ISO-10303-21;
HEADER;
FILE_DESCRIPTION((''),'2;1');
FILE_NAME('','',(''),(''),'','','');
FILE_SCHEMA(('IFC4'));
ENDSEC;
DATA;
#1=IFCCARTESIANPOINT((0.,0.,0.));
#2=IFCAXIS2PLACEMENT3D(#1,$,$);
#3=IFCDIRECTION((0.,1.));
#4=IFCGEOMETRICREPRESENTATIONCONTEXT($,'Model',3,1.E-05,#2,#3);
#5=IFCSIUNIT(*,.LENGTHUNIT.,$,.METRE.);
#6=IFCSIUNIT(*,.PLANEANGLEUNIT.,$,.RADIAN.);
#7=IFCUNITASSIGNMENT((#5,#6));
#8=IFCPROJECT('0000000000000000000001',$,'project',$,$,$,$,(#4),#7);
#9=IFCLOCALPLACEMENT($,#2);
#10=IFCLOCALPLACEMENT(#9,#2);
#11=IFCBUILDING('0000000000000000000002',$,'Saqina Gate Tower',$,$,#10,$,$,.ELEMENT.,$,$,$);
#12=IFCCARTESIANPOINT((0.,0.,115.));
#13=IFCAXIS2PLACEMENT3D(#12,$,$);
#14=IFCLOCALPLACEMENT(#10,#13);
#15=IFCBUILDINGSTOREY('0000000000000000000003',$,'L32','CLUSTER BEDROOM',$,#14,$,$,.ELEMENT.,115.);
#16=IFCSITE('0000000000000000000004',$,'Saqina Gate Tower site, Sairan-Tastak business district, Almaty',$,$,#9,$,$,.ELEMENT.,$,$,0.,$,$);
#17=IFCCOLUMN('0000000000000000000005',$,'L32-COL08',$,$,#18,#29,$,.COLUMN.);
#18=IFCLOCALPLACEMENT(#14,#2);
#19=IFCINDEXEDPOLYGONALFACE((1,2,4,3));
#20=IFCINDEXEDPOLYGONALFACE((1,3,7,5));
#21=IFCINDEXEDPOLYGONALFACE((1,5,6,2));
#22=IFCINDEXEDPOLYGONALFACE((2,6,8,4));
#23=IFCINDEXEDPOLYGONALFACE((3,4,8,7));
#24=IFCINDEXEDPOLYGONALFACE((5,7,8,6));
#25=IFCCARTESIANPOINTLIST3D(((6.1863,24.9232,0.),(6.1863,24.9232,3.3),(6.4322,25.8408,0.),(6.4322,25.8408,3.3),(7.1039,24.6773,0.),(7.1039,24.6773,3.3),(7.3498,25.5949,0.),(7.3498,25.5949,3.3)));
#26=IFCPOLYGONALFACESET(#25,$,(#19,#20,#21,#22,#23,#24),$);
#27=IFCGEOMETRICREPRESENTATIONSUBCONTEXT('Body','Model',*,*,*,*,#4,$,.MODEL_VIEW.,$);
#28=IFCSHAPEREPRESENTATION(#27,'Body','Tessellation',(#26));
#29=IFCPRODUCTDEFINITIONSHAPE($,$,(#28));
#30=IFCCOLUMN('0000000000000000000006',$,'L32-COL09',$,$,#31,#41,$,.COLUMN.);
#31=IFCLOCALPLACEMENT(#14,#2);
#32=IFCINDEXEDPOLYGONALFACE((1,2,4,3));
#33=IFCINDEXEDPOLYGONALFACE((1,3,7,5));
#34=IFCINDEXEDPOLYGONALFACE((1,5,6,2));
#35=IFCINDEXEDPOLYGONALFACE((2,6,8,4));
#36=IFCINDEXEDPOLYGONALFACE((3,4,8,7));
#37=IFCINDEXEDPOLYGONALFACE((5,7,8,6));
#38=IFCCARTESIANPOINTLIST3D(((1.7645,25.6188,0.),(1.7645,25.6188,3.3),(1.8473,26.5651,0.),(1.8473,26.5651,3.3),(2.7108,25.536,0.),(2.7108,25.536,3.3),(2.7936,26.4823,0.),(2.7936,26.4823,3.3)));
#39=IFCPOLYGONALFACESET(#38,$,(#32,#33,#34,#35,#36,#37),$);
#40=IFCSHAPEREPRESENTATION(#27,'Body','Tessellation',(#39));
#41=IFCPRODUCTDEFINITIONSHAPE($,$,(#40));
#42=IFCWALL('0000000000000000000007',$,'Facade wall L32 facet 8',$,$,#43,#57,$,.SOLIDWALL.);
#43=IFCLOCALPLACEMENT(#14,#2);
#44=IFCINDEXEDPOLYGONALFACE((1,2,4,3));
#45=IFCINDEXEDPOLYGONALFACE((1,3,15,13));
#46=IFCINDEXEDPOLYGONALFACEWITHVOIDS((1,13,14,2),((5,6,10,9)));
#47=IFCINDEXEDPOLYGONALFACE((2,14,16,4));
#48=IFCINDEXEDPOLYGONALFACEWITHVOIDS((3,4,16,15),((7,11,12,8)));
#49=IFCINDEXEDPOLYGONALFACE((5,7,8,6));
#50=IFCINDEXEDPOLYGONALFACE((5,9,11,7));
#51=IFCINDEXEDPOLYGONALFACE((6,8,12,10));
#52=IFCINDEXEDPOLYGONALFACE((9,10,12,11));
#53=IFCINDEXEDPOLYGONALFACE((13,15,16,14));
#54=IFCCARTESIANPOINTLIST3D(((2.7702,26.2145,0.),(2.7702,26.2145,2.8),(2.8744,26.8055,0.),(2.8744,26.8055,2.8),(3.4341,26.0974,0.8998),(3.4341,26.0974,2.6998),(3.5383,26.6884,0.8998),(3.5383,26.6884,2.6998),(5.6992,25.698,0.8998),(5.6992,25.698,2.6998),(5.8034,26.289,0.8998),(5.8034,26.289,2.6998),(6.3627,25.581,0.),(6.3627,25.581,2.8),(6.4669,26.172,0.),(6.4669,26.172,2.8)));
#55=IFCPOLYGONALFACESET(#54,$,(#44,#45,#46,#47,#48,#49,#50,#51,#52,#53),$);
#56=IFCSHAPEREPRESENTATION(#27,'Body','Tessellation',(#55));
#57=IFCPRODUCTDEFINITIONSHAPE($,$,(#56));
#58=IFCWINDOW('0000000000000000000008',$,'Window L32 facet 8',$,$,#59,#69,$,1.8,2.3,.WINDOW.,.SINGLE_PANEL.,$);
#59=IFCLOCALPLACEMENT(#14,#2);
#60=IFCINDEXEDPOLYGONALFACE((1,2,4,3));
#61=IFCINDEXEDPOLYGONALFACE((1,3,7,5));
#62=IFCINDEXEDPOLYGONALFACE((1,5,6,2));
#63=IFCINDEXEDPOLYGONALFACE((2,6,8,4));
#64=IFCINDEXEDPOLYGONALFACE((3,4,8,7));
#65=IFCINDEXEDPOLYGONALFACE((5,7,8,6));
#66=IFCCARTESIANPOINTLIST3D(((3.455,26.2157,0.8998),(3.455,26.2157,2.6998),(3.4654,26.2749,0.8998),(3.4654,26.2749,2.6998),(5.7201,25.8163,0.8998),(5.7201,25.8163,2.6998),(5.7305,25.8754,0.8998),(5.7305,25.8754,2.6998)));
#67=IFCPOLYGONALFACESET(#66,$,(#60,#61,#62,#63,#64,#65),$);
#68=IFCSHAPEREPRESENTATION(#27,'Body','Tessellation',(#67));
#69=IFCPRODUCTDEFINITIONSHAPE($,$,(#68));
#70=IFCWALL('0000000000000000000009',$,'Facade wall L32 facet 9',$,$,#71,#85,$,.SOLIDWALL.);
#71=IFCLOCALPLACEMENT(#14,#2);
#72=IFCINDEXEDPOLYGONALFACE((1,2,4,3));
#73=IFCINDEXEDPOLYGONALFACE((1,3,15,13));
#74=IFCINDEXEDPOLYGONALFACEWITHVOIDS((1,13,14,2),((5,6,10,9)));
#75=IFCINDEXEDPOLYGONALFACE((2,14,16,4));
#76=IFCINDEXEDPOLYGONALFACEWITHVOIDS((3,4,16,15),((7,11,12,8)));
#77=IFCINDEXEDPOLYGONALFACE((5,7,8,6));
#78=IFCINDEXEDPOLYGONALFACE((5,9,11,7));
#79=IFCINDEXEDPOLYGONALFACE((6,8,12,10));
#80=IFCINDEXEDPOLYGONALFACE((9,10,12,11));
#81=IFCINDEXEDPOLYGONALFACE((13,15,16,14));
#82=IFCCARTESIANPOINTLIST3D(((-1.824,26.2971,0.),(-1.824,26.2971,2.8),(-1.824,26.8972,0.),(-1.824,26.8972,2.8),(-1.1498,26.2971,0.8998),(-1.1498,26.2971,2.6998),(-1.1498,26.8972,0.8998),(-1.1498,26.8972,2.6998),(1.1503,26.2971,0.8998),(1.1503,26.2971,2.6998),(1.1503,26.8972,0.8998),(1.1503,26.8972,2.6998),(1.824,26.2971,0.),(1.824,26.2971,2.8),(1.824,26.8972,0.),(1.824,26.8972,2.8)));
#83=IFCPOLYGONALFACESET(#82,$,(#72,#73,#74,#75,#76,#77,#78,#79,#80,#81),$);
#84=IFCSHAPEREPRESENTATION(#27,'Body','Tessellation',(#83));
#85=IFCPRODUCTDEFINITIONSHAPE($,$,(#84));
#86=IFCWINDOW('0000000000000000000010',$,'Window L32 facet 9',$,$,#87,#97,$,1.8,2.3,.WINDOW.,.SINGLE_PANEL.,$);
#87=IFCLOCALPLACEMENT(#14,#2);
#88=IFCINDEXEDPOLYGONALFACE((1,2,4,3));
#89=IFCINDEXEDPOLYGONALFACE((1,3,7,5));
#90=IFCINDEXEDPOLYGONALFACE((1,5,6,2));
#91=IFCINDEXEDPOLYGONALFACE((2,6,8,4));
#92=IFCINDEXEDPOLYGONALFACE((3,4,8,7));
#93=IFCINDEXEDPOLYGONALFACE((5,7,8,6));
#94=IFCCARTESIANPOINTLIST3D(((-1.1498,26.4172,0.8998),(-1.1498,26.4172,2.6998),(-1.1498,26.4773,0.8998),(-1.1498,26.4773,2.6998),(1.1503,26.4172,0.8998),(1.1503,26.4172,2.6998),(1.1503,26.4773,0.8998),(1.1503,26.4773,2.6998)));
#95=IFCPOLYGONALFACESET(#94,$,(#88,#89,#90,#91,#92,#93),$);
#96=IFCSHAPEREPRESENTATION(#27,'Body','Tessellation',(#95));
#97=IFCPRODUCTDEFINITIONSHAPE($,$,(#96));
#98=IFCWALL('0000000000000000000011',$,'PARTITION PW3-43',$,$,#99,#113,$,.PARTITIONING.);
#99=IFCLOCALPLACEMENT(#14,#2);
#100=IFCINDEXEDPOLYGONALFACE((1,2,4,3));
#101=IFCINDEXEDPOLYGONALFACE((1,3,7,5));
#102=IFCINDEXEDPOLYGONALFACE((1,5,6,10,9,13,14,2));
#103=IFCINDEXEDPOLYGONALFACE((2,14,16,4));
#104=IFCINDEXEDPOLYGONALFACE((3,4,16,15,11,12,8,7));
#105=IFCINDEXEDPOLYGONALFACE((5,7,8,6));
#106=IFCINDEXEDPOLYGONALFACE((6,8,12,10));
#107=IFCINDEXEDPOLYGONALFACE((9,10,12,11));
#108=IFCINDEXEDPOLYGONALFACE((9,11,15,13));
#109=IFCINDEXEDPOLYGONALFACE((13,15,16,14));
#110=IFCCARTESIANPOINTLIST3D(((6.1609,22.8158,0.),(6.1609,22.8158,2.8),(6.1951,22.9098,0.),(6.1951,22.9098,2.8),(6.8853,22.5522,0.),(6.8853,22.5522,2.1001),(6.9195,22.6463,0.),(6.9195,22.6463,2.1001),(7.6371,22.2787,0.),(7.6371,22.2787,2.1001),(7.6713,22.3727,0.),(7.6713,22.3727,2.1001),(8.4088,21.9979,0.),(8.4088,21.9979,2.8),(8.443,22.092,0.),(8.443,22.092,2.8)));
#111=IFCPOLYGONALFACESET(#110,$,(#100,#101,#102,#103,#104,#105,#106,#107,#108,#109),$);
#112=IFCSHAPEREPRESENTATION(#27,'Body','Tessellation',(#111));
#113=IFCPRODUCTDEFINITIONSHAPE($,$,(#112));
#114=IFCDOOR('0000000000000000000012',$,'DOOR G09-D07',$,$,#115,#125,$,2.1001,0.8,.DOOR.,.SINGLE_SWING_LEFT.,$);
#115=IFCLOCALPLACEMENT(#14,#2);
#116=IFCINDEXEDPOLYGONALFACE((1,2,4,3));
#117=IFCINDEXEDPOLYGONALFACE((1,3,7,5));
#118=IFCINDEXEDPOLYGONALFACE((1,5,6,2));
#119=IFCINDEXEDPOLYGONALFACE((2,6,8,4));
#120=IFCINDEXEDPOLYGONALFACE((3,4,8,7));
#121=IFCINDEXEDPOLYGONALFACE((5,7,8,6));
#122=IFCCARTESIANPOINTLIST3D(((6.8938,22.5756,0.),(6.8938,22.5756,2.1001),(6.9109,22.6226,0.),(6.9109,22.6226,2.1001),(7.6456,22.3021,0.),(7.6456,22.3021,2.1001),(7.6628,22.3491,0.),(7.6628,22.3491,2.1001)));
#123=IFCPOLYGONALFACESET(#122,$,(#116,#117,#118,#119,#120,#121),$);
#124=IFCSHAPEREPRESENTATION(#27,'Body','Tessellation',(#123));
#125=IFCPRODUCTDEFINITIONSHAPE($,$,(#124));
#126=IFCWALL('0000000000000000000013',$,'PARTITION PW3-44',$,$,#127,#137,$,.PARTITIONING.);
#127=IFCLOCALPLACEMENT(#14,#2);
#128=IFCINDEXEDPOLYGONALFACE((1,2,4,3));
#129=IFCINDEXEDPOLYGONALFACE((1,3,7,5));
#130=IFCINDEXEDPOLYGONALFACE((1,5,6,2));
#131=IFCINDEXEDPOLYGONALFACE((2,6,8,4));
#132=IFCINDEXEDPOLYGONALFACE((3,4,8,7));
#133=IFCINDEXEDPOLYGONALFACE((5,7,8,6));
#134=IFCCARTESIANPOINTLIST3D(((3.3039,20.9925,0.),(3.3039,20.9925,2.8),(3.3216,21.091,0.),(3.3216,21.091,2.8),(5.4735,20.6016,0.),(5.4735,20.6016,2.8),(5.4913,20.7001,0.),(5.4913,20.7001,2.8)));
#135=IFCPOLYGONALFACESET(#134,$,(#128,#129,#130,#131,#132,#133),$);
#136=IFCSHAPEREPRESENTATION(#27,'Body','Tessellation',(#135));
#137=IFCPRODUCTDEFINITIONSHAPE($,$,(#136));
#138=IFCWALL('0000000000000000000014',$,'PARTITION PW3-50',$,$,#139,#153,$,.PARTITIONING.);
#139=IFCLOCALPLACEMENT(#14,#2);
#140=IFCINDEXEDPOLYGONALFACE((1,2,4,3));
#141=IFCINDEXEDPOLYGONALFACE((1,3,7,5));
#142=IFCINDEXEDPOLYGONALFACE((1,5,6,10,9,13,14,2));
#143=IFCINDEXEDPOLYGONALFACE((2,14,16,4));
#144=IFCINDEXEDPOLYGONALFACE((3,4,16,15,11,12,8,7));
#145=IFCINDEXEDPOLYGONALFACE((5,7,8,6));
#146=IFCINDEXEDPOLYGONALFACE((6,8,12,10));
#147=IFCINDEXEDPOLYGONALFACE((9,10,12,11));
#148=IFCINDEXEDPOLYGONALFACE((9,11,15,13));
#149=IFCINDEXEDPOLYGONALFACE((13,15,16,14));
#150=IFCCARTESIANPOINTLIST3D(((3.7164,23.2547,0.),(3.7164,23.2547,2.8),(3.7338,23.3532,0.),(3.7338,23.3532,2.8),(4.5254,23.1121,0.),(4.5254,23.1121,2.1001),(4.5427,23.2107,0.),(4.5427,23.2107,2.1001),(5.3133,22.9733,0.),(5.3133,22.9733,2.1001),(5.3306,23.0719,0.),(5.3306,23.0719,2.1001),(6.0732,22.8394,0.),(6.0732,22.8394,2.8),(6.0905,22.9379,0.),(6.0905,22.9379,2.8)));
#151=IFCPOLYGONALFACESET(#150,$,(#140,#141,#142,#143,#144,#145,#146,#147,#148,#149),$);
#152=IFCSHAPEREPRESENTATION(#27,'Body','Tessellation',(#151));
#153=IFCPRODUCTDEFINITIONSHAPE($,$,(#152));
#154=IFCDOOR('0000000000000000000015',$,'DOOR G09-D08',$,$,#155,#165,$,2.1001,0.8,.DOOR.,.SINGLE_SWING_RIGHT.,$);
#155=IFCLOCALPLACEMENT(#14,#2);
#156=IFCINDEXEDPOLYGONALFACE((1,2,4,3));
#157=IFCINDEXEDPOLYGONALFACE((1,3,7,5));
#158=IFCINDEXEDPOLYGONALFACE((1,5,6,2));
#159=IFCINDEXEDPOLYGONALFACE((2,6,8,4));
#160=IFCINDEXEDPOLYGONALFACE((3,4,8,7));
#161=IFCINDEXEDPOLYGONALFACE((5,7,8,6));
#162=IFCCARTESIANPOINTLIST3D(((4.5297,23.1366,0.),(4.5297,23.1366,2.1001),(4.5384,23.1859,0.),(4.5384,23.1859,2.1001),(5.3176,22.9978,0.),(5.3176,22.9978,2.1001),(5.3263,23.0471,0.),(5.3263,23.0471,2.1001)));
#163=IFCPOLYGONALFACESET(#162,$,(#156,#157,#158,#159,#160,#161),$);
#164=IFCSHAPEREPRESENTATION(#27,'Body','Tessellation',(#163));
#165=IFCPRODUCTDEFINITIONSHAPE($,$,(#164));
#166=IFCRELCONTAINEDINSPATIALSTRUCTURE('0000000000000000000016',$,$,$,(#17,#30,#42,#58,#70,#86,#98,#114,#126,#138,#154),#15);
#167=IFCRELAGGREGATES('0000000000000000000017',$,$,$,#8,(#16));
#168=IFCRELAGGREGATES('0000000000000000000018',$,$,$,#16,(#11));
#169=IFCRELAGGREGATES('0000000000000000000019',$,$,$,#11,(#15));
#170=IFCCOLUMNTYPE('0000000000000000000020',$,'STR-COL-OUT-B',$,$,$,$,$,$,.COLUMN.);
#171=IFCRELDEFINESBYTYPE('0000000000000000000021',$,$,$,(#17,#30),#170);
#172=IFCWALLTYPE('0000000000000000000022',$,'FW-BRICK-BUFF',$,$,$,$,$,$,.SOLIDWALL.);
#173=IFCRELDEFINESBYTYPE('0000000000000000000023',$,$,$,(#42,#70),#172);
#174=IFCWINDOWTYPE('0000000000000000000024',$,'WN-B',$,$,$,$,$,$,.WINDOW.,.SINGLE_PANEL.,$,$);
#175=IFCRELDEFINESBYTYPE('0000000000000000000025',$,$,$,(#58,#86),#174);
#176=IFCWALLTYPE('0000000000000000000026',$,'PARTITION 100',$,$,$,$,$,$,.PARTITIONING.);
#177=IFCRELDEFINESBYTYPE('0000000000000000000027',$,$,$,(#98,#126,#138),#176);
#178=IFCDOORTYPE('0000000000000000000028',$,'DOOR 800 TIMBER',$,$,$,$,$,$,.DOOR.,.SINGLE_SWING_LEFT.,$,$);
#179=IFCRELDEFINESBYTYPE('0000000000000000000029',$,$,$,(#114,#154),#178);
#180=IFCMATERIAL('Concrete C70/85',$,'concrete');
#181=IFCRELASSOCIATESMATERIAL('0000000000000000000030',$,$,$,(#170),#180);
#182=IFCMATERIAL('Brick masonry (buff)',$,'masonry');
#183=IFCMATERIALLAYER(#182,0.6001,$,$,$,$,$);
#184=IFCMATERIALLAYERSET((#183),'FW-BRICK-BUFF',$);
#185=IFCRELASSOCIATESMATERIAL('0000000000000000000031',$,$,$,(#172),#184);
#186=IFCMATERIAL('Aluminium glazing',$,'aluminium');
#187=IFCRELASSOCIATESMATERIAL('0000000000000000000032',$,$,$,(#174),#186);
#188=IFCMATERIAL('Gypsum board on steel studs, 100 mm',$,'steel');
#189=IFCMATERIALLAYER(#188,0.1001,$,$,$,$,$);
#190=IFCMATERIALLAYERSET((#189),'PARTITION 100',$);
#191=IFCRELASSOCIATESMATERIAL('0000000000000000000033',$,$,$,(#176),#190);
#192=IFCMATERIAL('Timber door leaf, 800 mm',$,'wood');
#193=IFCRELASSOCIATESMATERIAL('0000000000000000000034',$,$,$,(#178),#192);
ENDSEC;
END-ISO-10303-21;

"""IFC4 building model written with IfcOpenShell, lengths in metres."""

from ifc_helpers import new_model, si_unit, direction, frame, frame_2d, origin, origin_2d, place, context, subcontext, project, spatial, rectangle, extrude, material, layer, layer_set, material_profile, profile_set, type_object, element, fill, save


model = new_model("IFC4")

# Units and contexts
model_context = context("Model", 3, precision=1e-05, world=origin(), true_north=direction((0.0, 1.0)))
body_context = subcontext(model_context, "Body", "Model", "MODEL_VIEW")
ifc_project = project(units=[si_unit("LENGTHUNIT", "METRE"), si_unit("PLANEANGLEUNIT", "RADIAN")], contexts=[model_context])

# Site, building, storey
site_placement = place(None, origin())
site = spatial("IfcSite", under=ifc_project, at=site_placement, Name="Saqina Gate Tower site, Sairan-Tastak business district, Almaty", CompositionType="ELEMENT", RefElevation=0.0)
building_placement = place(site_placement, origin())
building = spatial("IfcBuilding", under=site, at=building_placement, Name="Saqina Gate Tower", CompositionType="ELEMENT")
storey_placement = place(building_placement, frame((0.0, 0.0, 115.0)))
storey = spatial("IfcBuildingStorey", under=building, at=storey_placement, Name="L32", Description="CLUSTER BEDROOM", CompositionType="ELEMENT", Elevation=115.0)

# Columns
ifc_material_1 = material(Name="Concrete C70/85", Category="concrete")
ifc_material_profile = material_profile(ifc_material_1, rectangle(XDim=0.95, YDim=0.95, at=origin_2d()), Name="RC 950x950")
ifc_profile_set = profile_set([ifc_material_profile], Name="Concrete C70/85")
column_type = type_object("IfcColumnType", Name="STR-COL-OUT-B", PredefinedType="COLUMN", material=ifc_profile_set)
for number, where, z_axis, x_axis, name in (
    (1, (6.7681, 25.259, 0.0), (0.0, 0.0, 1.0), (0.258819, 0.965926, 0.0), "L32-COL08"),
    (2, (2.2791, 26.0505, 0.0), (0.0, 0.0, 1.0), (0.087156, 0.996195, 0.0), "L32-COL09"),
):
    element("IfcColumn", number, at=place(storey_placement, frame(where, z_axis=z_axis, x_axis=x_axis)), inside=storey, type_object=column_type, Name=name, PredefinedType="COLUMN", context=body_context, shape_type="SweptSolid", body=[
        extrude(rectangle(XDim=0.95, YDim=0.95, at=origin_2d()), origin(), (0.0, 0.0, 1.0), 3.3),
    ])

# Walls, openings, windows
ifc_material_2 = material(Name="Brick masonry (buff)", Category="masonry")
ifc_layer_1 = layer(ifc_material_2, 0.6001)
ifc_layer_set_1 = layer_set([ifc_layer_1], Name="FW-BRICK-BUFF")
wall_type_1 = type_object("IfcWallType", Name="FW-BRICK-BUFF", PredefinedType="SOLIDWALL", material=ifc_layer_set_1)
wall_1_placement = place(storey_placement, frame((6.4148, 25.8765, 0.0), z_axis=(0.0, 0.0, 1.0), x_axis=(-0.984804, 0.173671, 0.0)))
wall_1 = element("IfcWall", 3, at=wall_1_placement, inside=storey, type_object=wall_type_1, Name="Facade wall L32 facet 8", PredefinedType="SOLIDWALL", context=body_context, shape_type="SweptSolid", body=[
    extrude(rectangle(XDim=3.6479, YDim=0.6001, at=frame_2d((1.824, 0.0))), origin(), (0.0, 0.0, 1.0), 2.8),
])
opening_1_placement = place(wall_1_placement, frame((0.6738, 0.0, 0.8999)))
opening_1 = element("IfcOpeningElement", 4, at=opening_1_placement, cuts=wall_1, PredefinedType="OPENING", context=body_context, shape_type="SweptSolid", body=[
    extrude(rectangle(XDim=2.3, YDim=1.8, at=frame_2d((1.1499, 0.8999))), frame((0.0, 0.312, 0.0), z_axis=(0.0, -1.0, 0.0), x_axis=(1.0, 0.0, 0.0)), (0.0, 0.0, 1.0), 0.624),
])
ifc_material_3 = material(Name="Aluminium glazing", Category="aluminium")
window_type = type_object("IfcWindowType", Name="WN-B", PartitioningType="SINGLE_PANEL", PredefinedType="WINDOW", material=ifc_material_3)
window_1_placement = place(opening_1_placement, origin())
window_1 = element("IfcWindow", 5, at=window_1_placement, inside=storey, type_object=window_type, Name="Window L32 facet 8", OverallHeight=1.8, OverallWidth=2.3, PartitioningType="SINGLE_PANEL", PredefinedType="WINDOW", context=body_context, shape_type="SweptSolid", body=[
    extrude(rectangle(XDim=2.3, YDim=1.8, at=frame_2d((1.1499, 0.8999))), frame((0.0, 0.1799, 0.0), z_axis=(0.0, -1.0, 0.0), x_axis=(1.0, 0.0, 0.0)), (0.0, 0.0, 1.0), 0.0601),
])
fill(opening_1, window_1)
wall_2_placement = place(storey_placement, frame((1.824, 26.5972, 0.0), z_axis=(0.0, 0.0, 1.0), x_axis=(-1.0, 0.0, 0.0)))
wall_2 = element("IfcWall", 6, at=wall_2_placement, inside=storey, type_object=wall_type_1, Name="Facade wall L32 facet 9", PredefinedType="SOLIDWALL", context=body_context, shape_type="SweptSolid", body=[
    extrude(rectangle(XDim=3.6479, YDim=0.6001, at=frame_2d((1.824, 0.0))), origin(), (0.0, 0.0, 1.0), 2.8),
])
opening_2_placement = place(wall_2_placement, frame((0.6738, 0.0, 0.8999)))
opening_2 = element("IfcOpeningElement", 7, at=opening_2_placement, cuts=wall_2, PredefinedType="OPENING", context=body_context, shape_type="SweptSolid", body=[
    extrude(rectangle(XDim=2.3, YDim=1.8, at=frame_2d((1.1499, 0.8999))), frame((0.0, 0.312, 0.0), z_axis=(0.0, -1.0, 0.0), x_axis=(1.0, 0.0, 0.0)), (0.0, 0.0, 1.0), 0.624),
])
window_2_placement = place(opening_2_placement, origin())
window_2 = element("IfcWindow", 8, at=window_2_placement, inside=storey, type_object=window_type, Name="Window L32 facet 9", OverallHeight=1.8, OverallWidth=2.3, PartitioningType="SINGLE_PANEL", PredefinedType="WINDOW", context=body_context, shape_type="SweptSolid", body=[
    extrude(rectangle(XDim=2.3, YDim=1.8, at=frame_2d((1.1499, 0.8999))), frame((0.0, 0.1799, 0.0), z_axis=(0.0, -1.0, 0.0), x_axis=(1.0, 0.0, 0.0)), (0.0, 0.0, 1.0), 0.0601),
])
fill(opening_2, window_2)

# Wall, opening, door
ifc_material_4 = material(Name="Gypsum board on steel studs, 100 mm", Category="steel")
ifc_layer_2 = layer(ifc_material_4, 0.1001)
ifc_layer_set_2 = layer_set([ifc_layer_2], Name="PARTITION 100")
wall_type_2 = type_object("IfcWallType", Name="PARTITION 100", PredefinedType="PARTITIONING", material=ifc_layer_set_2)
wall_3_placement = place(storey_placement, frame((6.178, 22.8628, 0.0), z_axis=(0.0, 0.0, 1.0), x_axis=(0.93974, -0.341891, 0.0)))
wall_3 = element("IfcWall", 9, at=wall_3_placement, inside=storey, type_object=wall_type_2, Name="PARTITION PW3-43", PredefinedType="PARTITIONING", context=body_context, shape_type="SweptSolid", body=[
    extrude(rectangle(XDim=2.3921, YDim=0.1001, at=frame_2d((1.196, 0.0))), origin(), (0.0, 0.0, 1.0), 2.8),
])
opening_3_placement = place(wall_3_placement, frame((0.771, 0.0, 0.0)))
opening_3 = element("IfcOpeningElement", 10, at=opening_3_placement, cuts=wall_3, PredefinedType="OPENING", context=body_context, shape_type="SweptSolid", body=[
    extrude(rectangle(XDim=0.8, YDim=2.1001, at=frame_2d((0.3999, 1.05))), frame((0.0, 0.062, 0.0), z_axis=(0.0, -1.0, 0.0), x_axis=(1.0, 0.0, 0.0)), (0.0, 0.0, 1.0), 0.124),
])
ifc_material_5 = material(Name="Timber door leaf, 800 mm", Category="wood")
door_type_1 = type_object("IfcDoorType", Name="DOOR 800 TIMBER", OperationType="SINGLE_SWING_LEFT", PredefinedType="DOOR", material=ifc_material_5)
door_1_placement = place(opening_3_placement, origin())
door_1 = element("IfcDoor", 11, at=door_1_placement, inside=storey, type_object=door_type_1, Name="DOOR G09-D07", OperationType="SINGLE_SWING_LEFT", OverallHeight=2.1001, OverallWidth=0.8, PredefinedType="DOOR", context=body_context, shape_type="SweptSolid", body=[
    extrude(rectangle(XDim=0.8, YDim=2.1001, at=frame_2d((0.3999, 1.05))), frame((0.0, 0.0249, 0.0), z_axis=(0.0, -1.0, 0.0), x_axis=(1.0, 0.0, 0.0)), (0.0, 0.0, 1.0), 0.05),
])
fill(opening_3, door_1)

# Wall
wall_4_placement = place(storey_placement, frame((3.3127, 21.0417, 0.0), z_axis=(0.0, 0.0, 1.0), x_axis=(0.984157, -0.177297, 0.0)))
element("IfcWall", 12, at=wall_4_placement, inside=storey, type_object=wall_type_2, Name="PARTITION PW3-44", PredefinedType="PARTITIONING", context=body_context, shape_type="SweptSolid", body=[
    extrude(rectangle(XDim=2.2046, YDim=0.1001, at=frame_2d((1.1023, 0.0))), origin(), (0.0, 0.0, 1.0), 2.8),
])

# Wall, opening, door
wall_5_placement = place(storey_placement, frame((3.7251, 23.304, 0.0), z_axis=(0.0, 0.0, 1.0), x_axis=(0.984827, -0.173541, 0.0)))
wall_5 = element("IfcWall", 13, at=wall_5_placement, inside=storey, type_object=wall_type_2, Name="PARTITION PW3-50", PredefinedType="PARTITIONING", context=body_context, shape_type="SweptSolid", body=[
    extrude(rectangle(XDim=2.3931, YDim=0.1001, at=frame_2d((1.1965, 0.0))), origin(), (0.0, 0.0, 1.0), 2.8),
])
opening_4_placement = place(wall_5_placement, frame((0.8215, 0.0, 0.0)))
opening_4 = element("IfcOpeningElement", 14, at=opening_4_placement, cuts=wall_5, PredefinedType="OPENING", context=body_context, shape_type="SweptSolid", body=[
    extrude(rectangle(XDim=0.8, YDim=2.1001, at=frame_2d((0.3999, 1.05))), frame((0.0, 0.062, 0.0), z_axis=(0.0, -1.0, 0.0), x_axis=(1.0, 0.0, 0.0)), (0.0, 0.0, 1.0), 0.124),
])
door_2_placement = place(opening_4_placement, origin())
door_2 = element("IfcDoor", 15, at=door_2_placement, inside=storey, type_object=door_type_1, Name="DOOR G09-D08", OperationType="SINGLE_SWING_RIGHT", OverallHeight=2.1001, OverallWidth=0.8, PredefinedType="DOOR", context=body_context, shape_type="SweptSolid", body=[
    extrude(rectangle(XDim=0.8, YDim=2.1001, at=frame_2d((0.3999, 1.05))), frame((0.0, 0.0249, 0.0), z_axis=(0.0, -1.0, 0.0), x_axis=(1.0, 0.0, 0.0)), (0.0, 0.0, 1.0), 0.05),
])
fill(opening_4, door_2)

save(model, "model.ifc")
